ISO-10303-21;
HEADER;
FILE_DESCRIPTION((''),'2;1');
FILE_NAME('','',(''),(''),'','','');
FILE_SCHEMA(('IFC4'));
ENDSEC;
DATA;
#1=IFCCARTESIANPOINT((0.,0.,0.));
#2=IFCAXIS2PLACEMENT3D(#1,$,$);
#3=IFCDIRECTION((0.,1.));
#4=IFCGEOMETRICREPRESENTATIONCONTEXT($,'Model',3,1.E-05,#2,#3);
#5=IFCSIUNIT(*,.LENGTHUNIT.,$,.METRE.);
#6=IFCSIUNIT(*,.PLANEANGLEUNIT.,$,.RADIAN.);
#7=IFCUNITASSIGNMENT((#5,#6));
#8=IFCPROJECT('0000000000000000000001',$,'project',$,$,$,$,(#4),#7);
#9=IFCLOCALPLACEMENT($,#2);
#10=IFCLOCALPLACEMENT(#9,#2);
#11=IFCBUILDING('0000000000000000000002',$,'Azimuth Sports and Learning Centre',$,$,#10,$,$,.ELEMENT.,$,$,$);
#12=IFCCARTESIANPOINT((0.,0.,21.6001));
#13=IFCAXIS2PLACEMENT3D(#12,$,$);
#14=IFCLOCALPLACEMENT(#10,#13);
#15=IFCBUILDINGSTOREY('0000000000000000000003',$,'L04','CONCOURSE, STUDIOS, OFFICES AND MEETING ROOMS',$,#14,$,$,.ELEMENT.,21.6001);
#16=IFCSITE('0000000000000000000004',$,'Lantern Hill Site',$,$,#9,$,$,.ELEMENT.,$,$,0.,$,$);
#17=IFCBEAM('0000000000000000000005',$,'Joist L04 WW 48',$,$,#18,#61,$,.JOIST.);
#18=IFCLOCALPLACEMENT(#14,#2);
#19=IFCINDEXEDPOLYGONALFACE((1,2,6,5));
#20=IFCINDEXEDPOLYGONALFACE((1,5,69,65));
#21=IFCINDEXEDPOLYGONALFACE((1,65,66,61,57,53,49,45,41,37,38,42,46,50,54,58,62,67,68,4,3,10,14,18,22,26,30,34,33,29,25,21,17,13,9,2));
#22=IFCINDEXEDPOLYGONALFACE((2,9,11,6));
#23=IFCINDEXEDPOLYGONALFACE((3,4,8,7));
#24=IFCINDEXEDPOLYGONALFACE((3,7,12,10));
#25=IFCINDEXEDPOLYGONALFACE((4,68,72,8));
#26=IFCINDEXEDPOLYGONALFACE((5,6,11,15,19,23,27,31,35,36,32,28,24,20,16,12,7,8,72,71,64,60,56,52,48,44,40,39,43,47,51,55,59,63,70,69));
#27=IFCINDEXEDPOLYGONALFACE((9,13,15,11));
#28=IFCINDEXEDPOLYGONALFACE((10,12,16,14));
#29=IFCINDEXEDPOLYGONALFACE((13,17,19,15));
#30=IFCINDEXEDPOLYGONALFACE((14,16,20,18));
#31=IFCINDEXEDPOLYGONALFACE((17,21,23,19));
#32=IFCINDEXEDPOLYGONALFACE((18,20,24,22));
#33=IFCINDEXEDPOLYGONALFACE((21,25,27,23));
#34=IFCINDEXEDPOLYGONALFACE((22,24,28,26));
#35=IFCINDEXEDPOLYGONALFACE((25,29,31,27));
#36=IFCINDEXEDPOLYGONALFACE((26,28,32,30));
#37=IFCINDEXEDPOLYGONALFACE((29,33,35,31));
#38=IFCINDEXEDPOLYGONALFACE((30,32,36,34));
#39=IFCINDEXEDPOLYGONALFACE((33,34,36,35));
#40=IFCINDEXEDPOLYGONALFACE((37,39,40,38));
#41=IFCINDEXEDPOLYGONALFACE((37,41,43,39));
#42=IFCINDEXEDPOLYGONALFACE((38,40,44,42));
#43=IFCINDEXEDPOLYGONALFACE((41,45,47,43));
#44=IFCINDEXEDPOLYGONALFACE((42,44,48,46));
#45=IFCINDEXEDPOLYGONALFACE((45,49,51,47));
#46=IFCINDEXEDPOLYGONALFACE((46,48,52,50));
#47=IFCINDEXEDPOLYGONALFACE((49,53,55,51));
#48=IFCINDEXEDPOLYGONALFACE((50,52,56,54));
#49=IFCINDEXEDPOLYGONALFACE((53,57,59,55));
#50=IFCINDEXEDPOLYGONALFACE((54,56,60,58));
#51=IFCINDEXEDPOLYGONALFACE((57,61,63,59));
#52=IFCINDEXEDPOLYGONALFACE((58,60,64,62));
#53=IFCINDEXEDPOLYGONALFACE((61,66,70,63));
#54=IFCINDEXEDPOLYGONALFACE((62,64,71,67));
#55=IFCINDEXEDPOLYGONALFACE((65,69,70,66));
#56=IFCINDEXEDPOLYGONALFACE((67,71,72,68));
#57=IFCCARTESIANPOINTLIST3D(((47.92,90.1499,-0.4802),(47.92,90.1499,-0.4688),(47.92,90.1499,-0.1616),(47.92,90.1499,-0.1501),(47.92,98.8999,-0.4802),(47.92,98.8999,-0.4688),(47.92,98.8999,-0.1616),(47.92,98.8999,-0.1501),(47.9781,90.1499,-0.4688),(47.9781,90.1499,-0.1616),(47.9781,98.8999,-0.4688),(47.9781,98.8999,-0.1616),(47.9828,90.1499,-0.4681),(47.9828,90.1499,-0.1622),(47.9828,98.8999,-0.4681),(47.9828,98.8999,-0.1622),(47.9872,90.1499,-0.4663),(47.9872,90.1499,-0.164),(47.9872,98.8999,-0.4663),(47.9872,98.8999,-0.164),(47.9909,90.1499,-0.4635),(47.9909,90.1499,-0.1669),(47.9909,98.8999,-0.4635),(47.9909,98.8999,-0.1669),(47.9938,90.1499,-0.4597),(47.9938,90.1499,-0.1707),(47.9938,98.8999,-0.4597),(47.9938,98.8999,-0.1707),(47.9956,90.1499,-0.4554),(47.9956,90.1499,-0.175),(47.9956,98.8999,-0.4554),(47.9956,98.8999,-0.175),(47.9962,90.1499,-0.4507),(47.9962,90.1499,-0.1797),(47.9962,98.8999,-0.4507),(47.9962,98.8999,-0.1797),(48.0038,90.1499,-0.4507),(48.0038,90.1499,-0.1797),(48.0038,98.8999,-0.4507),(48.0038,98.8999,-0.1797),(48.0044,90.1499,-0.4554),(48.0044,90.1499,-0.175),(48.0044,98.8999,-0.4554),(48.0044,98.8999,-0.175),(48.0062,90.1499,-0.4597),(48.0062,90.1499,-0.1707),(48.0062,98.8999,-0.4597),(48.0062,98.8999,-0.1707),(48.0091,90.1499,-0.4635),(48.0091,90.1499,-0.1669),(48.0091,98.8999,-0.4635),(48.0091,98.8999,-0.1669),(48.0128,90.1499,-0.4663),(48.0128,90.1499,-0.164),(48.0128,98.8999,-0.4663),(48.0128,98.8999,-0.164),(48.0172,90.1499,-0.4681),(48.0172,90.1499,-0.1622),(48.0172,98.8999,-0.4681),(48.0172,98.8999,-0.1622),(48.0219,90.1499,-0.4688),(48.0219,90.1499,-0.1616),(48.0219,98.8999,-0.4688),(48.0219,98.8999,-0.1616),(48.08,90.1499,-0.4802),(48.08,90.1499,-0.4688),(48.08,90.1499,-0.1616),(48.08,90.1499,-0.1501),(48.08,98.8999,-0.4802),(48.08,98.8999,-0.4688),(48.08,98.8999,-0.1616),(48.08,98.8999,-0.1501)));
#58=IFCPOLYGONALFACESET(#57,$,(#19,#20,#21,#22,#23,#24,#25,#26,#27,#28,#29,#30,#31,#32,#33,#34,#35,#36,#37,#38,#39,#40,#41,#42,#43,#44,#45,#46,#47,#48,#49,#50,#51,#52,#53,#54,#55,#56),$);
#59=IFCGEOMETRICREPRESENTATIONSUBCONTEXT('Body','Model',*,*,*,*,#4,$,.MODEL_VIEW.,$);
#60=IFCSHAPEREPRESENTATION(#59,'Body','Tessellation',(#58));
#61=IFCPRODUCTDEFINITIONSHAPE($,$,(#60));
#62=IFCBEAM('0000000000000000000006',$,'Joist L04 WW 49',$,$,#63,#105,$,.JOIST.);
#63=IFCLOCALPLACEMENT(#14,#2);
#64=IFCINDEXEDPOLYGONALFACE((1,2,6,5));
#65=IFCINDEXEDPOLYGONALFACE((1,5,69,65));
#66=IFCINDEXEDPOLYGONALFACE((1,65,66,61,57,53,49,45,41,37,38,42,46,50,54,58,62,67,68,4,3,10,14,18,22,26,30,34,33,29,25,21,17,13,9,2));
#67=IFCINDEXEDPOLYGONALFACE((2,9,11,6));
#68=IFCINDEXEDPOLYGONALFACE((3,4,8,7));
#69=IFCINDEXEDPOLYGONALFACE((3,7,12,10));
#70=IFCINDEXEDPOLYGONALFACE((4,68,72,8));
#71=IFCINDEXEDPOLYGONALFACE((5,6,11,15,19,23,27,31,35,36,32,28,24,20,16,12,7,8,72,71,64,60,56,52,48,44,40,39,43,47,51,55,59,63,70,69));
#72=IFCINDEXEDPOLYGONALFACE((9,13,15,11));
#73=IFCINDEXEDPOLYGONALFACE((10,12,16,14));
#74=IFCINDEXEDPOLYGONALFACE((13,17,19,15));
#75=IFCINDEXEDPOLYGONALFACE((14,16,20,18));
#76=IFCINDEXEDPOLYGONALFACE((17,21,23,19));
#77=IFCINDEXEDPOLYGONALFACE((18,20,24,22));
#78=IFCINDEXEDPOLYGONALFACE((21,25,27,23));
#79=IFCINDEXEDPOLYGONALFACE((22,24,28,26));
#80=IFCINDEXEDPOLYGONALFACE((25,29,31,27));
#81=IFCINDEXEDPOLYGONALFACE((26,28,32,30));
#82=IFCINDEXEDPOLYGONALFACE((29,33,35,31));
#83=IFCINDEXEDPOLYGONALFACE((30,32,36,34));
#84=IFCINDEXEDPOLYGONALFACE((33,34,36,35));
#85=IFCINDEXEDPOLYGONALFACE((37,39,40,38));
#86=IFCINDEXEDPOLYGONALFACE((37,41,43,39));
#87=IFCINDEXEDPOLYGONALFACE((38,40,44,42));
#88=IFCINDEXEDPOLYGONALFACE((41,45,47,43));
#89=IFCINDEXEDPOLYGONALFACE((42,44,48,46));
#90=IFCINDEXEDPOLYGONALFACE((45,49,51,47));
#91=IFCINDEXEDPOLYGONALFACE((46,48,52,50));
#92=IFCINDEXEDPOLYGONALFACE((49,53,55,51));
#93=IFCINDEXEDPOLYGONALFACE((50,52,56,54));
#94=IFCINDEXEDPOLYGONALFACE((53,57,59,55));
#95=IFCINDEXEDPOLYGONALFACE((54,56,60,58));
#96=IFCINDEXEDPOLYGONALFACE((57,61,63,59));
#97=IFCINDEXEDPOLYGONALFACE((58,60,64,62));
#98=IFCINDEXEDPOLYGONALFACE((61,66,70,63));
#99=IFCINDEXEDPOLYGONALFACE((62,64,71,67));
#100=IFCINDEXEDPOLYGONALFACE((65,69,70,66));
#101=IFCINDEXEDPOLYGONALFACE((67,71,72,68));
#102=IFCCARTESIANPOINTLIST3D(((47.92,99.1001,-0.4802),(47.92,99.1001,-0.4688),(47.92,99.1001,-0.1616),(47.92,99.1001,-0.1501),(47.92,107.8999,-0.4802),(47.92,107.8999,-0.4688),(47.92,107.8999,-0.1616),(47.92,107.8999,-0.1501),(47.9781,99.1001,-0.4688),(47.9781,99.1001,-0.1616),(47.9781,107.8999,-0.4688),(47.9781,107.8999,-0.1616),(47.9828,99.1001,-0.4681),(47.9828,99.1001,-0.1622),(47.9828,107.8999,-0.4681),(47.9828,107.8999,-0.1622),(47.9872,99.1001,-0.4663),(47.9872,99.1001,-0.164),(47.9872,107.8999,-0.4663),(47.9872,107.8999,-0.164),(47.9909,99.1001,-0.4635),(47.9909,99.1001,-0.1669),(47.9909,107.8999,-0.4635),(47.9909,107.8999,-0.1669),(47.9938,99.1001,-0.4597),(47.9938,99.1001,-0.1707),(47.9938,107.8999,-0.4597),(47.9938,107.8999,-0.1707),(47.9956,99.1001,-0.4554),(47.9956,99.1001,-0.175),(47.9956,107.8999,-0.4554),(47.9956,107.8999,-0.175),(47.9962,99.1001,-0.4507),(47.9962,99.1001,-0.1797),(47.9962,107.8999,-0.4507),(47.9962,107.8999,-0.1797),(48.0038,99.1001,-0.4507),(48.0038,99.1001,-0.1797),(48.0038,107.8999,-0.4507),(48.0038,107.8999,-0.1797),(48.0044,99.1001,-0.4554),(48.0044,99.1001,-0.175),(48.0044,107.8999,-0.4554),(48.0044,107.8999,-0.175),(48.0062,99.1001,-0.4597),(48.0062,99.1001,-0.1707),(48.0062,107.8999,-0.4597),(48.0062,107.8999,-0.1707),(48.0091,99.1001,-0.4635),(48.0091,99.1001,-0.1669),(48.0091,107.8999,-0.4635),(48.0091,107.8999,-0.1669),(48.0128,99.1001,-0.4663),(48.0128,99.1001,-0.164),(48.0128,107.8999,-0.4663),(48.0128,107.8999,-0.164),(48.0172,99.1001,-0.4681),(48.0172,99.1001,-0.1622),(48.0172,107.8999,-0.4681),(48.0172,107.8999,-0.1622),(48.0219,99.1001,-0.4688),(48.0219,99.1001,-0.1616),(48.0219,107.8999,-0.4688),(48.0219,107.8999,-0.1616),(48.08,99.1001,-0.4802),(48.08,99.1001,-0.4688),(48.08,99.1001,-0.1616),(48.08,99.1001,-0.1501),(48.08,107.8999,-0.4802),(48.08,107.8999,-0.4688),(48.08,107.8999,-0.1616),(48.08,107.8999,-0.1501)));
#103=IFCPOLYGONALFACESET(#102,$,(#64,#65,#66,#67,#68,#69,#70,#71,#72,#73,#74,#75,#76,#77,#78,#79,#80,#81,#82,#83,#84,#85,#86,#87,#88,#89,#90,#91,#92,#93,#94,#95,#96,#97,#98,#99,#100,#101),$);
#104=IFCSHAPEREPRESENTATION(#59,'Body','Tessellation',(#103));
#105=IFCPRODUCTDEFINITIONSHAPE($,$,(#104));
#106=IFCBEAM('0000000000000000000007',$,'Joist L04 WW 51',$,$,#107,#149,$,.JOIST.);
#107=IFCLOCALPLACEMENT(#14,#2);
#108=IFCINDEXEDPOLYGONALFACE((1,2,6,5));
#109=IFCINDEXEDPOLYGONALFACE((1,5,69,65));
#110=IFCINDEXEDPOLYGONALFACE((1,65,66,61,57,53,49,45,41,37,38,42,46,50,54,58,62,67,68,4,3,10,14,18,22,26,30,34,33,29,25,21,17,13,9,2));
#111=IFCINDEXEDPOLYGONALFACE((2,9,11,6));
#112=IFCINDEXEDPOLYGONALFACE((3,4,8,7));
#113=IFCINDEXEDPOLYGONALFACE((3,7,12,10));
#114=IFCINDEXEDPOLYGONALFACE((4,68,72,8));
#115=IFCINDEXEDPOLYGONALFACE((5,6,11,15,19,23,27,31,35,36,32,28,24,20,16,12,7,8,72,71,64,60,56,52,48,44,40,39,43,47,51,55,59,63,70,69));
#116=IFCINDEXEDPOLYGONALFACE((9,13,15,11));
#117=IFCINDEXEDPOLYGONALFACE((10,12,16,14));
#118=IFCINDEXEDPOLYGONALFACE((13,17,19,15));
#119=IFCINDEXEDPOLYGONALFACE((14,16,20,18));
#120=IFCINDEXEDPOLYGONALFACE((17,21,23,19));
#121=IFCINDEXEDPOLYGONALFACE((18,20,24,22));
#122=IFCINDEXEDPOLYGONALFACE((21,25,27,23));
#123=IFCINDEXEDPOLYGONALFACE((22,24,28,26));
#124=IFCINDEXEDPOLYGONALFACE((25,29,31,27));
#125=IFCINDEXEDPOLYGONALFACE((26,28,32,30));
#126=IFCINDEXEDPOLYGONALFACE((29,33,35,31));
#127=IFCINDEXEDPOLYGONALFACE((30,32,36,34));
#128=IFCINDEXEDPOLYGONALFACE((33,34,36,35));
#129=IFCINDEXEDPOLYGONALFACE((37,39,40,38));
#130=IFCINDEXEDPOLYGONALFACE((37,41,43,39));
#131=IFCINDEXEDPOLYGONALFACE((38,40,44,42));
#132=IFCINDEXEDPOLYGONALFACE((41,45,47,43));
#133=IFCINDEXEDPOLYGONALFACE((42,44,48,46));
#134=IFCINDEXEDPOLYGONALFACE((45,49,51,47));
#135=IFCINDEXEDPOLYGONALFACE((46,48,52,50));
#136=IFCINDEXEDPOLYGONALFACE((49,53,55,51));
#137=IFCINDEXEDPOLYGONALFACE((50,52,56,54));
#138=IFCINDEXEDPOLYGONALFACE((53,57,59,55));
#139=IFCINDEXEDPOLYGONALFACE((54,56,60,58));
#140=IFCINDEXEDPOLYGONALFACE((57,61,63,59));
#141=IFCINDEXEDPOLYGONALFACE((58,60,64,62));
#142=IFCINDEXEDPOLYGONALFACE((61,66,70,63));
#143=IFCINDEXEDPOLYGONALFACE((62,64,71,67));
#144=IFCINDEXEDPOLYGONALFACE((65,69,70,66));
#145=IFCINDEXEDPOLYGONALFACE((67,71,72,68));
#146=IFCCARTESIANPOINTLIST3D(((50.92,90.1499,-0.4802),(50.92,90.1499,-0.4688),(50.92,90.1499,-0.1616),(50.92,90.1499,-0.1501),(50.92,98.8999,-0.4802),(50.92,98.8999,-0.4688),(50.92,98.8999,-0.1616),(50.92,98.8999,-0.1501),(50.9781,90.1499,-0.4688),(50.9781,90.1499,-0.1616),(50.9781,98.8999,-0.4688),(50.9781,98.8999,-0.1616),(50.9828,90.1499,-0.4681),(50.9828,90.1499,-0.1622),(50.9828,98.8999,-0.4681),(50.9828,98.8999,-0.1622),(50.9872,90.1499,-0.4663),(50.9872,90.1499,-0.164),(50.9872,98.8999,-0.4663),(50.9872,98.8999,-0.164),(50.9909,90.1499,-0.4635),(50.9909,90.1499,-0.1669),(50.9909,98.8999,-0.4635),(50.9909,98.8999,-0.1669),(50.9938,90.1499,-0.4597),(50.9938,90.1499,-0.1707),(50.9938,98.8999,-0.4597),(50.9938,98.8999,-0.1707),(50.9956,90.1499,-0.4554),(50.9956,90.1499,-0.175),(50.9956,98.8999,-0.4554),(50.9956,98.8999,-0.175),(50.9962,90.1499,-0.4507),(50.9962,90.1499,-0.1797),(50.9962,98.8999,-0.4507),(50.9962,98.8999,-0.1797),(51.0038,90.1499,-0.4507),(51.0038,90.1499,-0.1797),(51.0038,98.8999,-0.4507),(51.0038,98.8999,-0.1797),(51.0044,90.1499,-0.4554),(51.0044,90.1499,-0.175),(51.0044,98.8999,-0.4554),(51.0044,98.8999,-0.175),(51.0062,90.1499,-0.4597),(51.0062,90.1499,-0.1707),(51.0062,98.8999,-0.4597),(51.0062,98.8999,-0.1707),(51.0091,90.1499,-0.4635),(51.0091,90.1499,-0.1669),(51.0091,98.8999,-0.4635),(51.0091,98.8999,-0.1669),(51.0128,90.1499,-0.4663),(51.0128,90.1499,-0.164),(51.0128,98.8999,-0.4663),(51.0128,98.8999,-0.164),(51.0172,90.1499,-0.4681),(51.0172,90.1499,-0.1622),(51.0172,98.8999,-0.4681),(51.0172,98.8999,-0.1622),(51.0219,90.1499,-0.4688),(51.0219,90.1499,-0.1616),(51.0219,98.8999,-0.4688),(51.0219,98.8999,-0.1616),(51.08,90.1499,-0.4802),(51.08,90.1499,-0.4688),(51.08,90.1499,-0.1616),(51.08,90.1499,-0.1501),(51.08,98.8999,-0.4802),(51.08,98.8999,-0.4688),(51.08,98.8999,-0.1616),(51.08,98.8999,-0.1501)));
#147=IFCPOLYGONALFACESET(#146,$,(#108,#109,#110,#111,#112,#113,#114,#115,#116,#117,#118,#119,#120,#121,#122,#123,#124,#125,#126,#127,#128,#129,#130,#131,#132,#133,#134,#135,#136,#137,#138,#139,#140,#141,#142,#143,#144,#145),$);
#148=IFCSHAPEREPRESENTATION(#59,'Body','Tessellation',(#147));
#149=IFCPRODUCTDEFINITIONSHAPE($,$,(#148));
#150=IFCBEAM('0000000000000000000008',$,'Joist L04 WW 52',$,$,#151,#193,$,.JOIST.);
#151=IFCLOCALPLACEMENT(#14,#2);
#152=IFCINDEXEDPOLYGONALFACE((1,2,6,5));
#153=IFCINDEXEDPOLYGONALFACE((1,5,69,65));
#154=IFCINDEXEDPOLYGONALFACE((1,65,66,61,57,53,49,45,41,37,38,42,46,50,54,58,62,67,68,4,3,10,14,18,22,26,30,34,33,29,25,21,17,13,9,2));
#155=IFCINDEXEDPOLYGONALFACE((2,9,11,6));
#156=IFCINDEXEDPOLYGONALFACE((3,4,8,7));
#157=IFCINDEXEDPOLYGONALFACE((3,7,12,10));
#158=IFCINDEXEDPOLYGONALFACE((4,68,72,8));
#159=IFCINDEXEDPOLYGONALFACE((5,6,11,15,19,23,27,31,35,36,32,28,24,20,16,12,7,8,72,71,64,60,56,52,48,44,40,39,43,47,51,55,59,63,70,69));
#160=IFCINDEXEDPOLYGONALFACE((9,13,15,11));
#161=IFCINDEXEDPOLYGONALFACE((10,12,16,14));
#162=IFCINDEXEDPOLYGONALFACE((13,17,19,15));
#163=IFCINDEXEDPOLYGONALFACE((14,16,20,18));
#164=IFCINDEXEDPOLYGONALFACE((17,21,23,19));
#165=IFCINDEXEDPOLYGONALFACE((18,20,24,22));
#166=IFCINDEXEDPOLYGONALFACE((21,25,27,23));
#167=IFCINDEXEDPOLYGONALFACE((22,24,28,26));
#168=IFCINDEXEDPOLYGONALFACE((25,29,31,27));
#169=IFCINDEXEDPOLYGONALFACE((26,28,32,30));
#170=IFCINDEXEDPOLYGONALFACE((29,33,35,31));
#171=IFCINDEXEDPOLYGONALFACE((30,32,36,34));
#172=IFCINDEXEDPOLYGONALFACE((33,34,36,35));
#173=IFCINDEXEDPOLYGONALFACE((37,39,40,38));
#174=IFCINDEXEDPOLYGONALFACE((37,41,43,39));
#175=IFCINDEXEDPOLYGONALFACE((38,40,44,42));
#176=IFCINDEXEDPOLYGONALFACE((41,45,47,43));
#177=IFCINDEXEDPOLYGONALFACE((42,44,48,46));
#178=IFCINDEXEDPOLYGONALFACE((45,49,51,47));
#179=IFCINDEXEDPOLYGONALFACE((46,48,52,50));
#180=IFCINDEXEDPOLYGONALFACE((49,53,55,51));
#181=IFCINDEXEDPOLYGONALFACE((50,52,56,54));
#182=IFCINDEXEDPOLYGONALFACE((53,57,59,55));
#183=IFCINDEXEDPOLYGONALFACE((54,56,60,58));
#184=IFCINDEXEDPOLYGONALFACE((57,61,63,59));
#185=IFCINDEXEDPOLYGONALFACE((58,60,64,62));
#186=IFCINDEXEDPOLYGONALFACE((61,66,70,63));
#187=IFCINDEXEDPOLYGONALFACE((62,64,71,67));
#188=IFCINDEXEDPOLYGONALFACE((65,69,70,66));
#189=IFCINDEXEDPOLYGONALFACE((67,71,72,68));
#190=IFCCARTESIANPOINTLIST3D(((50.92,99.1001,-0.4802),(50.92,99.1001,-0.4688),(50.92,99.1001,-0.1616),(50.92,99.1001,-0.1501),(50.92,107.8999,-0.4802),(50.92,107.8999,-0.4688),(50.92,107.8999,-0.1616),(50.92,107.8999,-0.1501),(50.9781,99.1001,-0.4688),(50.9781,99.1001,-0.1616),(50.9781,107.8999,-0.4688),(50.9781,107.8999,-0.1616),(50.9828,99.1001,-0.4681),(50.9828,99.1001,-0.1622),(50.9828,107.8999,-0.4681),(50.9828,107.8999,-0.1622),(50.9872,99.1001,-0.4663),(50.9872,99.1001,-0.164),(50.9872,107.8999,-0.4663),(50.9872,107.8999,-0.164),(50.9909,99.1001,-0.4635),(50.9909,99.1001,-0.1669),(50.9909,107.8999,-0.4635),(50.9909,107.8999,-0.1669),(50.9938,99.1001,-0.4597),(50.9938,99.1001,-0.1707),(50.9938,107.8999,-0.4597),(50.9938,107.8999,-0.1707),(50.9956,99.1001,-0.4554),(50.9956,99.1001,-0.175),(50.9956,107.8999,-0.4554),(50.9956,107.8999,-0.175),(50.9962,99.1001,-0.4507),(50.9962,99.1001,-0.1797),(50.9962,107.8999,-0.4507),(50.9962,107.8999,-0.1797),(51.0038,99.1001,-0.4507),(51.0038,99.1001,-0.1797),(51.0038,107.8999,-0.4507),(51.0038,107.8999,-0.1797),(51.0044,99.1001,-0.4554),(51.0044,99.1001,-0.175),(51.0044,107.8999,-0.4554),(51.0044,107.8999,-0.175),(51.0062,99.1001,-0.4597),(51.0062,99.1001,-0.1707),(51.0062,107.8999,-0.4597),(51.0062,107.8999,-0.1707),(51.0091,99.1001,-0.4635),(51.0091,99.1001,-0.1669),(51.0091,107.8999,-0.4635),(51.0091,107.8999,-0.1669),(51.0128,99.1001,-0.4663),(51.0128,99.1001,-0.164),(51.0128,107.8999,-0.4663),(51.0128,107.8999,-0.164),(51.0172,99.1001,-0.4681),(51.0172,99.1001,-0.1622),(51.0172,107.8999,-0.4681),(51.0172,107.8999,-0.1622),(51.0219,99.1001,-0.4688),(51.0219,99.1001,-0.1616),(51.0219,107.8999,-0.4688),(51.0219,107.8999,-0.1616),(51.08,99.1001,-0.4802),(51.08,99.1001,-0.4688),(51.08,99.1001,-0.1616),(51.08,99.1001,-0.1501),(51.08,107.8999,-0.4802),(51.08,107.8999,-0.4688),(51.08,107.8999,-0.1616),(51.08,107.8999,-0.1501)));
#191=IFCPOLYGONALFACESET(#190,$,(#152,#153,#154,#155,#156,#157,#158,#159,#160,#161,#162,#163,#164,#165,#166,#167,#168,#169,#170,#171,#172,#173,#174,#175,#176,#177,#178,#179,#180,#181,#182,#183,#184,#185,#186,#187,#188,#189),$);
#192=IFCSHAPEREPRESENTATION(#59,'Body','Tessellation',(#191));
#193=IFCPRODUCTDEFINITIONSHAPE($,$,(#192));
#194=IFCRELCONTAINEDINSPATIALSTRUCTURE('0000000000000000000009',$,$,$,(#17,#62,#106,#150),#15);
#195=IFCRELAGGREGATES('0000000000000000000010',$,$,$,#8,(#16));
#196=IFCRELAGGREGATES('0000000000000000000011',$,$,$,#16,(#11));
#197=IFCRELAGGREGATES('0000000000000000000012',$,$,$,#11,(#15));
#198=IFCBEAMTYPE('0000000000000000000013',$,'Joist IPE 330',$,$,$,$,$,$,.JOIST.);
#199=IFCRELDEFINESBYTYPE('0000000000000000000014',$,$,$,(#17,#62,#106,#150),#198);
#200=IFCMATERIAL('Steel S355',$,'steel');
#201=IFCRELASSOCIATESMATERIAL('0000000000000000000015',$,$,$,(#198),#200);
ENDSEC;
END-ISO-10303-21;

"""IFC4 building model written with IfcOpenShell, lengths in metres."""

from ifc_helpers import new_model, si_unit, direction, frame, origin, origin_2d, place, context, subcontext, project, spatial, i_section, extrude, material, material_profile, profile_set, type_object, element, save


model = new_model("IFC4")

# Units and contexts
model_context = context("Model", 3, precision=1e-05, world=origin(), true_north=direction((0.0, 1.0)))
body_context = subcontext(model_context, "Body", "Model", "MODEL_VIEW")
ifc_project = project(units=[si_unit("LENGTHUNIT", "METRE"), si_unit("PLANEANGLEUNIT", "RADIAN")], contexts=[model_context])

# Site, building, storey
site_placement = place(None, origin())
site = spatial("IfcSite", under=ifc_project, at=site_placement, Name="Lantern Hill Site", CompositionType="ELEMENT", RefElevation=0.0)
building_placement = place(site_placement, origin())
building = spatial("IfcBuilding", under=site, at=building_placement, Name="Azimuth Sports and Learning Centre", CompositionType="ELEMENT")
storey_placement = place(building_placement, frame((0.0, 0.0, 21.6001)))
storey = spatial("IfcBuildingStorey", under=building, at=storey_placement, Name="L04", Description="CONCOURSE, STUDIOS, OFFICES AND MEETING ROOMS", CompositionType="ELEMENT", Elevation=21.6001)

# Beams
ifc_material_1 = material(Name="Steel S355", Category="steel")
ifc_material_profile_1 = material_profile(ifc_material_1, i_section(OverallWidth=0.1599, OverallDepth=0.3301, WebThickness=0.0076, FlangeThickness=0.0115, FilletRadius=0.0181, at=origin_2d()), Name="IPE 330")
ifc_profile_set_1 = profile_set([ifc_material_profile_1], Name="Steel S355")
beam_type_1 = type_object("IfcBeamType", Name="Joist IPE 330", PredefinedType="JOIST", material=ifc_profile_set_1)
beam_1_placement = place(storey_placement, frame((48.0, 90.1499, -0.3152), z_axis=(0.0, 1.0, 0.0), x_axis=(-1.0, 0.0, 0.0)))
element("IfcBeam", 1, at=beam_1_placement, inside=storey, type_object=beam_type_1, Name="Joist L04 WW 48", PredefinedType="JOIST", context=body_context, shape_type="SweptSolid", body=[
    extrude(i_section(OverallWidth=0.1599, OverallDepth=0.3301, WebThickness=0.0076, FlangeThickness=0.0115, FilletRadius=0.0181, at=origin_2d()), origin(), (0.0, 0.0, 1.0), 8.75),
])
beam_2_placement = place(storey_placement, frame((48.0, 99.1001, -0.3152), z_axis=(0.0, 1.0, 0.0), x_axis=(-1.0, 0.0, 0.0)))
element("IfcBeam", 2, at=beam_2_placement, inside=storey, type_object=beam_type_1, Name="Joist L04 WW 49", PredefinedType="JOIST", context=body_context, shape_type="SweptSolid", body=[
    extrude(i_section(OverallWidth=0.1599, OverallDepth=0.3301, WebThickness=0.0076, FlangeThickness=0.0115, FilletRadius=0.0181, at=origin_2d()), origin(), (0.0, 0.0, 1.0), 8.7998),
])
beam_3_placement = place(storey_placement, frame((51.0, 90.1499, -0.3152), z_axis=(0.0, 1.0, 0.0), x_axis=(-1.0, 0.0, 0.0)))
element("IfcBeam", 3, at=beam_3_placement, inside=storey, type_object=beam_type_1, Name="Joist L04 WW 51", PredefinedType="JOIST", context=body_context, shape_type="SweptSolid", body=[
    extrude(i_section(OverallWidth=0.1599, OverallDepth=0.3301, WebThickness=0.0076, FlangeThickness=0.0115, FilletRadius=0.0181, at=origin_2d()), origin(), (0.0, 0.0, 1.0), 8.75),
])
beam_4_placement = place(storey_placement, frame((51.0, 99.1001, -0.3152), z_axis=(0.0, 1.0, 0.0), x_axis=(-1.0, 0.0, 0.0)))
element("IfcBeam", 4, at=beam_4_placement, inside=storey, type_object=beam_type_1, Name="Joist L04 WW 52", PredefinedType="JOIST", context=body_context, shape_type="SweptSolid", body=[
    extrude(i_section(OverallWidth=0.1599, OverallDepth=0.3301, WebThickness=0.0076, FlangeThickness=0.0115, FilletRadius=0.0181, at=origin_2d()), origin(), (0.0, 0.0, 1.0), 8.7998),
])

save(model, "model.ifc")
